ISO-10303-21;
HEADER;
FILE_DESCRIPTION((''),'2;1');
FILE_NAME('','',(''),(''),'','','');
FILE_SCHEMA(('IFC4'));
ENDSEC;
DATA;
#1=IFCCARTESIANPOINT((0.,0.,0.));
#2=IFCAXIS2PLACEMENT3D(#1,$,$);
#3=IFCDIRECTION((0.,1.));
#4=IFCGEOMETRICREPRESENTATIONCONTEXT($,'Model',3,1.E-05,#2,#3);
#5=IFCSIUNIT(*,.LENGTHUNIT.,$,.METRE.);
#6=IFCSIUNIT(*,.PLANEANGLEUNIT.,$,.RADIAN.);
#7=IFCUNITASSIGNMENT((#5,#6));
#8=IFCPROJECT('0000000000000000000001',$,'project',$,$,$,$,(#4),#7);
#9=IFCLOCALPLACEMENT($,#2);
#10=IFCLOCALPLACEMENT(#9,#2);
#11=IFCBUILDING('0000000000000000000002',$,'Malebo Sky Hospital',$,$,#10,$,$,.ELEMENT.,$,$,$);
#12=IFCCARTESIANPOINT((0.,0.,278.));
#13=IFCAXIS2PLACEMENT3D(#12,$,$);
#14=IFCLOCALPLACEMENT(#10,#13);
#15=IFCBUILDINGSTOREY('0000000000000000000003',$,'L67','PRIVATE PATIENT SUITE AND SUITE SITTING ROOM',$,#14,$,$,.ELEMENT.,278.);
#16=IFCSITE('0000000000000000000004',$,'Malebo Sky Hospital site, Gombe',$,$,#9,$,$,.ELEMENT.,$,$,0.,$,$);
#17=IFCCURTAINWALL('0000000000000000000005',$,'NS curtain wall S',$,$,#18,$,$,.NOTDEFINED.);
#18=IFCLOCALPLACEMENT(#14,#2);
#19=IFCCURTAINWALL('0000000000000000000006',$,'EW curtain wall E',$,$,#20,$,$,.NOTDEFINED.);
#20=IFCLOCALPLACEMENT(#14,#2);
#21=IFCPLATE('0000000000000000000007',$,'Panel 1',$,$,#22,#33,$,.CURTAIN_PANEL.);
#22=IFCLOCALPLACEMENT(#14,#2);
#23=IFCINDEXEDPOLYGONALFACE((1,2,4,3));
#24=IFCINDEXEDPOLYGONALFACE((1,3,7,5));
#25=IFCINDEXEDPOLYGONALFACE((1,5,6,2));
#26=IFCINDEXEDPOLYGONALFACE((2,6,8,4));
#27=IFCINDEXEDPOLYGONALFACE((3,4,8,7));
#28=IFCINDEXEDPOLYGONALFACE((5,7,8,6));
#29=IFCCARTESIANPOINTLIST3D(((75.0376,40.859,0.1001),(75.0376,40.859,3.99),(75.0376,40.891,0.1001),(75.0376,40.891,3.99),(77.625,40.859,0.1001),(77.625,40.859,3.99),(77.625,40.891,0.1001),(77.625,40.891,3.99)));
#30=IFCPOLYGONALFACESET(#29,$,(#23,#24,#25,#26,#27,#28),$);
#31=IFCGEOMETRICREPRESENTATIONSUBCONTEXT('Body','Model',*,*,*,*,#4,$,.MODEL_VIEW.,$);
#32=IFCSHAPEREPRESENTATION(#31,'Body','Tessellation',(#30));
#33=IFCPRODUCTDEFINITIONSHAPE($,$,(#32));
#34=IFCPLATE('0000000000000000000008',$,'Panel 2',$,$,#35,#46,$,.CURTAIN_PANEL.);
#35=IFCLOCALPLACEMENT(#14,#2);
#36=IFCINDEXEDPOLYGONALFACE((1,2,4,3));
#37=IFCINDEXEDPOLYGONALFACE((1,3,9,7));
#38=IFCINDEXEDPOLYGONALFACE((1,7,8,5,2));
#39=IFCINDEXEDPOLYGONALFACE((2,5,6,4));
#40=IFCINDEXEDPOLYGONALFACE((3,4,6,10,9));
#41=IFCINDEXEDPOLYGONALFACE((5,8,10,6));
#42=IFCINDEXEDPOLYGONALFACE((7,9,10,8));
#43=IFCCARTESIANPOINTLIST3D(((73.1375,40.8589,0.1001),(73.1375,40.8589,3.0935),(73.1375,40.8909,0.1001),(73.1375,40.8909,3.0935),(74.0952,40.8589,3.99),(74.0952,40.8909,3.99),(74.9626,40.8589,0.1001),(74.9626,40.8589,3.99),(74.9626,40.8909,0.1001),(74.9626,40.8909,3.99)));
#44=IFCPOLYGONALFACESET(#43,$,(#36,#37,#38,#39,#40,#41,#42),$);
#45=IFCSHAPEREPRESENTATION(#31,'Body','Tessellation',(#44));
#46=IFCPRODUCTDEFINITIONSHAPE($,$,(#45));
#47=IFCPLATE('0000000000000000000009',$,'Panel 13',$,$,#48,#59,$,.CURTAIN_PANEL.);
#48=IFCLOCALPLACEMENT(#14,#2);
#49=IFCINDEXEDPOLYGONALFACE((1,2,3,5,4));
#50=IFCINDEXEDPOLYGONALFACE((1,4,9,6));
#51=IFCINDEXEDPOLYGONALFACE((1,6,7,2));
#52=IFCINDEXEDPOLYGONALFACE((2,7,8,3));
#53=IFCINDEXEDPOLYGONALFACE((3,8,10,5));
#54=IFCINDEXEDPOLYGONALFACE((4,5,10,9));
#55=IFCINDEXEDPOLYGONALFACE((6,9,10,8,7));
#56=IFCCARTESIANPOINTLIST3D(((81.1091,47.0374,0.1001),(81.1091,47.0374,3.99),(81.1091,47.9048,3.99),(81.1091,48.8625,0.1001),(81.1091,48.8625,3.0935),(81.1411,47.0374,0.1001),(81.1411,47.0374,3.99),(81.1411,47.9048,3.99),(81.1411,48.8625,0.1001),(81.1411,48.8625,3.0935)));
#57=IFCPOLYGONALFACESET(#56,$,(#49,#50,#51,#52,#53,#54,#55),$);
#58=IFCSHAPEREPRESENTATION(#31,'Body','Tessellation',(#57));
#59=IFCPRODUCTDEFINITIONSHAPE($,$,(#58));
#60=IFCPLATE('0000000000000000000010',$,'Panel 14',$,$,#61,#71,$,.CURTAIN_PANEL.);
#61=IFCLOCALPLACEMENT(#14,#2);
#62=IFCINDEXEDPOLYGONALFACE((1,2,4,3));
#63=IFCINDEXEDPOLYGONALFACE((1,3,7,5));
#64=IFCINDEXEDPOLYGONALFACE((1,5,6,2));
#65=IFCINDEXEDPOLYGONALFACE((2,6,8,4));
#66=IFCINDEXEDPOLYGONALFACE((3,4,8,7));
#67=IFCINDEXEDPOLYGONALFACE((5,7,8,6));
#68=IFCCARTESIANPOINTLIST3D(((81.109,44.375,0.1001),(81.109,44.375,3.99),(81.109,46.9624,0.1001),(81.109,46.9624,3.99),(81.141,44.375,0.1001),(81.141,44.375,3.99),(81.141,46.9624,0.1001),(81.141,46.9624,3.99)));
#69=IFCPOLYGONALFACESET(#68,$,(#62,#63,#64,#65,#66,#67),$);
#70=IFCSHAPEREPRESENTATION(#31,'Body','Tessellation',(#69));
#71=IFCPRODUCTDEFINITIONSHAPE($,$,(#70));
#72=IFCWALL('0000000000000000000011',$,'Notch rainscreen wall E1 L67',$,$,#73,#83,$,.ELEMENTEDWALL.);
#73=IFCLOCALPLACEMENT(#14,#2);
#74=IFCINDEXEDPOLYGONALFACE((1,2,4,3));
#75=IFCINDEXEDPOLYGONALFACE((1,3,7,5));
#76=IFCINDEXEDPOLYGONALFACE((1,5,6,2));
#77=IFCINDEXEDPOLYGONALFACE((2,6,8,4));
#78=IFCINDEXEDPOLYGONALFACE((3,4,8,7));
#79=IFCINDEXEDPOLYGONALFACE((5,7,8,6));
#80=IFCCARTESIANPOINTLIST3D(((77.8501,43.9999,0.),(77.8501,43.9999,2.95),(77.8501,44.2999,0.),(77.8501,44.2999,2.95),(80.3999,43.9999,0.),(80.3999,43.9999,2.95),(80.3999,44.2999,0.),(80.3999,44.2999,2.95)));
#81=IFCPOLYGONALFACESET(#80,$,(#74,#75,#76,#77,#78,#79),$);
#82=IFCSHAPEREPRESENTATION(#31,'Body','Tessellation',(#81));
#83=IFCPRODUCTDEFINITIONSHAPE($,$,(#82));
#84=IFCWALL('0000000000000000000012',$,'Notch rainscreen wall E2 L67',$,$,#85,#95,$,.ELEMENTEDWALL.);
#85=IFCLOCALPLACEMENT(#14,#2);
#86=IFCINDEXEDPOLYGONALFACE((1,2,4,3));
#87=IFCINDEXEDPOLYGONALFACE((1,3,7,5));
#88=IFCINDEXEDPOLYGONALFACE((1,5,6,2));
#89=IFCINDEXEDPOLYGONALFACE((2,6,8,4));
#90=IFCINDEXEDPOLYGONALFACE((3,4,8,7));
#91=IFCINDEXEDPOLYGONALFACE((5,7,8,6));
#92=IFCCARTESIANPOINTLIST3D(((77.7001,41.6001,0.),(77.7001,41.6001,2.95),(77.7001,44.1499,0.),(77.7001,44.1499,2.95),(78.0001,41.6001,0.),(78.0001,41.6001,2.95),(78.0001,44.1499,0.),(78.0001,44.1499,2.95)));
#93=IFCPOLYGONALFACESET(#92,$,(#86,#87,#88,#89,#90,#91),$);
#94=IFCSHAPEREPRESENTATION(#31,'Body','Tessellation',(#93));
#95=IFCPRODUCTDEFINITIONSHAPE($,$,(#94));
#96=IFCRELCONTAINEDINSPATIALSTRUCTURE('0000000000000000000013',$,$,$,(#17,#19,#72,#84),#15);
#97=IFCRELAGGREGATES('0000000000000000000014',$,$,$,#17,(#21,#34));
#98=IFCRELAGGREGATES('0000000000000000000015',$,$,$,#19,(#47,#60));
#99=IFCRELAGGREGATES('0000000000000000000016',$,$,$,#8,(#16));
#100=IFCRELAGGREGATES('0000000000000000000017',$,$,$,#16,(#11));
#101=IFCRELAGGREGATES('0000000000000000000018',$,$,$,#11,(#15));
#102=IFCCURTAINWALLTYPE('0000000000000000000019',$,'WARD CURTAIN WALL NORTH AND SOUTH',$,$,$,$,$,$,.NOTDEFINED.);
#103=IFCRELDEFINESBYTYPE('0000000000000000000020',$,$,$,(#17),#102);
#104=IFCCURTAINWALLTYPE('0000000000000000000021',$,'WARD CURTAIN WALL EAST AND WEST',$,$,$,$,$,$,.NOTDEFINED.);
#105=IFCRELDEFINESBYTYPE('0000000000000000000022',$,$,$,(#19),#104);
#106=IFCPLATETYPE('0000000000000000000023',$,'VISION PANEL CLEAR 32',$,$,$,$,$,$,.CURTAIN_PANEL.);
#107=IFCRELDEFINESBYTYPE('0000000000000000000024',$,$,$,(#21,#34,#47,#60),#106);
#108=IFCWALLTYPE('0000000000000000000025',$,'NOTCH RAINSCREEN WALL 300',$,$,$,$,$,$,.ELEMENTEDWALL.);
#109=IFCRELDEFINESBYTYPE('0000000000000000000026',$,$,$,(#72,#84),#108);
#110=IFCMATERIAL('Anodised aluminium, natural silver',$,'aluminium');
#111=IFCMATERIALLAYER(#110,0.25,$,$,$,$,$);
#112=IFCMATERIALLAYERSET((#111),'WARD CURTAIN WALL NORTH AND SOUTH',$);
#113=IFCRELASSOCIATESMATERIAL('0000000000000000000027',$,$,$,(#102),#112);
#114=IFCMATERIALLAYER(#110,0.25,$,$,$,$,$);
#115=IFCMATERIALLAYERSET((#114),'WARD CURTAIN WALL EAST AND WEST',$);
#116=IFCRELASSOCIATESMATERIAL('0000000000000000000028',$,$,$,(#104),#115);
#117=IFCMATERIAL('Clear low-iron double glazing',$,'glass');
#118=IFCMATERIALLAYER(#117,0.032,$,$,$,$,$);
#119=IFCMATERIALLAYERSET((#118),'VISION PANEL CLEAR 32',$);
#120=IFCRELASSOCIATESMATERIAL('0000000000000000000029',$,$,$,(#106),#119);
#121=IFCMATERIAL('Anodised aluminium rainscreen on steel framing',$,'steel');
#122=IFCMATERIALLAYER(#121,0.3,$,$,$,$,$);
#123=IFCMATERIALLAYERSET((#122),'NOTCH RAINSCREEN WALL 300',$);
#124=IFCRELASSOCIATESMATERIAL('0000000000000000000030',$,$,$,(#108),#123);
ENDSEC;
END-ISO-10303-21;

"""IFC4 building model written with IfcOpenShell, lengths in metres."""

from ifc_helpers import new_model, si_unit, direction, frame, frame_2d, origin, origin_2d, place, context, subcontext, project, spatial, polyline, rectangle, outline, extrude, material, layer, layer_set, type_object, element, aggregate, save


model = new_model("IFC4")

# Units and contexts
model_context = context("Model", 3, precision=1e-05, world=origin(), true_north=direction((0.0, 1.0)))
body_context = subcontext(model_context, "Body", "Model", "MODEL_VIEW")
ifc_project = project(units=[si_unit("LENGTHUNIT", "METRE"), si_unit("PLANEANGLEUNIT", "RADIAN")], contexts=[model_context])

# Site, building, storey
site_placement = place(None, origin())
site = spatial("IfcSite", under=ifc_project, at=site_placement, Name="Malebo Sky Hospital site, Gombe", CompositionType="ELEMENT", RefElevation=0.0)
building_placement = place(site_placement, origin())
building = spatial("IfcBuilding", under=site, at=building_placement, Name="Malebo Sky Hospital", CompositionType="ELEMENT")
storey_placement = place(building_placement, frame((0.0, 0.0, 278.0)))
storey = spatial("IfcBuildingStorey", under=building, at=storey_placement, Name="L67", Description="PRIVATE PATIENT SUITE AND SUITE SITTING ROOM", CompositionType="ELEMENT", Elevation=278.0)

# Curtain walls
ifc_material_1 = material(Name="Anodised aluminium, natural silver", Category="aluminium")
ifc_layer_1 = layer(ifc_material_1, 0.25)
ifc_layer_set_1 = layer_set([ifc_layer_1], Name="WARD CURTAIN WALL NORTH AND SOUTH")
curtain_wall_type_1 = type_object("IfcCurtainWallType", Name="WARD CURTAIN WALL NORTH AND SOUTH", PredefinedType="NOTDEFINED", material=ifc_layer_set_1)
curtain_wall_1_placement = place(storey_placement, origin())
curtain_wall_1 = element("IfcCurtainWall", 1, at=curtain_wall_1_placement, inside=storey, type_object=curtain_wall_type_1, Name="NS curtain wall S", PredefinedType="NOTDEFINED")
ifc_layer_2 = layer(ifc_material_1, 0.25)
ifc_layer_set_2 = layer_set([ifc_layer_2], Name="WARD CURTAIN WALL EAST AND WEST")
curtain_wall_type_2 = type_object("IfcCurtainWallType", Name="WARD CURTAIN WALL EAST AND WEST", PredefinedType="NOTDEFINED", material=ifc_layer_set_2)
curtain_wall_2_placement = place(storey_placement, origin())
curtain_wall_2 = element("IfcCurtainWall", 2, at=curtain_wall_2_placement, inside=storey, type_object=curtain_wall_type_2, Name="EW curtain wall E", PredefinedType="NOTDEFINED")

# Plates
ifc_material_2 = material(Name="Clear low-iron double glazing", Category="glass")
ifc_layer_3 = layer(ifc_material_2, 0.032)
ifc_layer_set_3 = layer_set([ifc_layer_3], Name="VISION PANEL CLEAR 32")
plate_type = type_object("IfcPlateType", Name="VISION PANEL CLEAR 32", PredefinedType="CURTAIN_PANEL", material=ifc_layer_set_3)
plate_1_placement = place(storey_placement, frame((76.3313, 40.875, 0.1001), z_axis=(0.0, 0.0, 1.0), x_axis=(-1.0, 0.0, 0.0)))
plate_1 = element("IfcPlate", 3, at=plate_1_placement, type_object=plate_type, Name="Panel 1", PredefinedType="CURTAIN_PANEL", context=body_context, shape_type="SweptSolid", body=[
    extrude(rectangle(XDim=2.5874, YDim=0.032, at=origin_2d()), origin(), (0.0, 0.0, 1.0), 3.8899),
])
plate_2_placement = place(storey_placement, frame((74.05, 40.875, 0.1001), z_axis=(0.0, 0.0, 1.0), x_axis=(-1.0, 0.0, 0.0)))
plate_2 = element("IfcPlate", 4, at=plate_2_placement, type_object=plate_type, Name="Panel 2", PredefinedType="CURTAIN_PANEL", context=body_context, shape_type="SweptSolid", body=[
    extrude(outline(polyline([(-0.9126, 0.0), (0.9126, 0.0), (0.9126, 2.9934), (-0.0452, 3.8899), (-0.9126, 3.8899), (-0.9126, 0.0)])), frame((0.0, 0.0161, 0.0), z_axis=(0.0, -1.0, 0.0), x_axis=(1.0, 0.0, 0.0)), (0.0, 0.0, 1.0), 0.032),
])
aggregate(curtain_wall_1, [plate_1, plate_2])
plate_3_placement = place(storey_placement, frame((81.125, 47.95, 0.1001), z_axis=(0.0, 0.0, 1.0), x_axis=(0.0, -1.0, 0.0)))
plate_3 = element("IfcPlate", 5, at=plate_3_placement, type_object=plate_type, Name="Panel 13", PredefinedType="CURTAIN_PANEL", context=body_context, shape_type="SweptSolid", body=[
    extrude(outline(polyline([(-0.9126, 0.0), (0.9126, 0.0), (0.9126, 3.8899), (0.0452, 3.8899), (-0.9126, 2.9934), (-0.9126, 0.0)])), frame((0.0, 0.0161, 0.0), z_axis=(0.0, -1.0, 0.0), x_axis=(1.0, 0.0, 0.0)), (0.0, 0.0, 1.0), 0.032),
])
plate_4_placement = place(storey_placement, frame((81.125, 45.6687, 0.1001), z_axis=(0.0, 0.0, 1.0), x_axis=(0.0, -1.0, 0.0)))
plate_4 = element("IfcPlate", 6, at=plate_4_placement, type_object=plate_type, Name="Panel 14", PredefinedType="CURTAIN_PANEL", context=body_context, shape_type="SweptSolid", body=[
    extrude(rectangle(XDim=2.5874, YDim=0.032, at=origin_2d()), origin(), (0.0, 0.0, 1.0), 3.8899),
])
aggregate(curtain_wall_2, [plate_3, plate_4])

# Walls
ifc_material_3 = material(Name="Anodised aluminium rainscreen on steel framing", Category="steel")
ifc_layer_4 = layer(ifc_material_3, 0.3)
ifc_layer_set_4 = layer_set([ifc_layer_4], Name="NOTCH RAINSCREEN WALL 300")
wall_type = type_object("IfcWallType", Name="NOTCH RAINSCREEN WALL 300", PredefinedType="ELEMENTEDWALL", material=ifc_layer_set_4)
for number, where, z_axis, x_axis, name in (
    (7, (80.3999, 44.1499, 0.0), (0.0, 0.0, 1.0), (-1.0, 0.0, 0.0), "Notch rainscreen wall E1 L67"),
    (8, (77.8501, 44.1499, 0.0), (0.0, 0.0, 1.0), (0.0, -1.0, 0.0), "Notch rainscreen wall E2 L67"),
):
    element("IfcWall", number, at=place(storey_placement, frame(where, z_axis=z_axis, x_axis=x_axis)), inside=storey, type_object=wall_type, Name=name, PredefinedType="ELEMENTEDWALL", context=body_context, shape_type="SweptSolid", body=[
        extrude(rectangle(XDim=2.5498, YDim=0.3, at=frame_2d((1.2749, 0.0))), origin(), (0.0, 0.0, 1.0), 2.95),
    ])

save(model, "model.ifc")
